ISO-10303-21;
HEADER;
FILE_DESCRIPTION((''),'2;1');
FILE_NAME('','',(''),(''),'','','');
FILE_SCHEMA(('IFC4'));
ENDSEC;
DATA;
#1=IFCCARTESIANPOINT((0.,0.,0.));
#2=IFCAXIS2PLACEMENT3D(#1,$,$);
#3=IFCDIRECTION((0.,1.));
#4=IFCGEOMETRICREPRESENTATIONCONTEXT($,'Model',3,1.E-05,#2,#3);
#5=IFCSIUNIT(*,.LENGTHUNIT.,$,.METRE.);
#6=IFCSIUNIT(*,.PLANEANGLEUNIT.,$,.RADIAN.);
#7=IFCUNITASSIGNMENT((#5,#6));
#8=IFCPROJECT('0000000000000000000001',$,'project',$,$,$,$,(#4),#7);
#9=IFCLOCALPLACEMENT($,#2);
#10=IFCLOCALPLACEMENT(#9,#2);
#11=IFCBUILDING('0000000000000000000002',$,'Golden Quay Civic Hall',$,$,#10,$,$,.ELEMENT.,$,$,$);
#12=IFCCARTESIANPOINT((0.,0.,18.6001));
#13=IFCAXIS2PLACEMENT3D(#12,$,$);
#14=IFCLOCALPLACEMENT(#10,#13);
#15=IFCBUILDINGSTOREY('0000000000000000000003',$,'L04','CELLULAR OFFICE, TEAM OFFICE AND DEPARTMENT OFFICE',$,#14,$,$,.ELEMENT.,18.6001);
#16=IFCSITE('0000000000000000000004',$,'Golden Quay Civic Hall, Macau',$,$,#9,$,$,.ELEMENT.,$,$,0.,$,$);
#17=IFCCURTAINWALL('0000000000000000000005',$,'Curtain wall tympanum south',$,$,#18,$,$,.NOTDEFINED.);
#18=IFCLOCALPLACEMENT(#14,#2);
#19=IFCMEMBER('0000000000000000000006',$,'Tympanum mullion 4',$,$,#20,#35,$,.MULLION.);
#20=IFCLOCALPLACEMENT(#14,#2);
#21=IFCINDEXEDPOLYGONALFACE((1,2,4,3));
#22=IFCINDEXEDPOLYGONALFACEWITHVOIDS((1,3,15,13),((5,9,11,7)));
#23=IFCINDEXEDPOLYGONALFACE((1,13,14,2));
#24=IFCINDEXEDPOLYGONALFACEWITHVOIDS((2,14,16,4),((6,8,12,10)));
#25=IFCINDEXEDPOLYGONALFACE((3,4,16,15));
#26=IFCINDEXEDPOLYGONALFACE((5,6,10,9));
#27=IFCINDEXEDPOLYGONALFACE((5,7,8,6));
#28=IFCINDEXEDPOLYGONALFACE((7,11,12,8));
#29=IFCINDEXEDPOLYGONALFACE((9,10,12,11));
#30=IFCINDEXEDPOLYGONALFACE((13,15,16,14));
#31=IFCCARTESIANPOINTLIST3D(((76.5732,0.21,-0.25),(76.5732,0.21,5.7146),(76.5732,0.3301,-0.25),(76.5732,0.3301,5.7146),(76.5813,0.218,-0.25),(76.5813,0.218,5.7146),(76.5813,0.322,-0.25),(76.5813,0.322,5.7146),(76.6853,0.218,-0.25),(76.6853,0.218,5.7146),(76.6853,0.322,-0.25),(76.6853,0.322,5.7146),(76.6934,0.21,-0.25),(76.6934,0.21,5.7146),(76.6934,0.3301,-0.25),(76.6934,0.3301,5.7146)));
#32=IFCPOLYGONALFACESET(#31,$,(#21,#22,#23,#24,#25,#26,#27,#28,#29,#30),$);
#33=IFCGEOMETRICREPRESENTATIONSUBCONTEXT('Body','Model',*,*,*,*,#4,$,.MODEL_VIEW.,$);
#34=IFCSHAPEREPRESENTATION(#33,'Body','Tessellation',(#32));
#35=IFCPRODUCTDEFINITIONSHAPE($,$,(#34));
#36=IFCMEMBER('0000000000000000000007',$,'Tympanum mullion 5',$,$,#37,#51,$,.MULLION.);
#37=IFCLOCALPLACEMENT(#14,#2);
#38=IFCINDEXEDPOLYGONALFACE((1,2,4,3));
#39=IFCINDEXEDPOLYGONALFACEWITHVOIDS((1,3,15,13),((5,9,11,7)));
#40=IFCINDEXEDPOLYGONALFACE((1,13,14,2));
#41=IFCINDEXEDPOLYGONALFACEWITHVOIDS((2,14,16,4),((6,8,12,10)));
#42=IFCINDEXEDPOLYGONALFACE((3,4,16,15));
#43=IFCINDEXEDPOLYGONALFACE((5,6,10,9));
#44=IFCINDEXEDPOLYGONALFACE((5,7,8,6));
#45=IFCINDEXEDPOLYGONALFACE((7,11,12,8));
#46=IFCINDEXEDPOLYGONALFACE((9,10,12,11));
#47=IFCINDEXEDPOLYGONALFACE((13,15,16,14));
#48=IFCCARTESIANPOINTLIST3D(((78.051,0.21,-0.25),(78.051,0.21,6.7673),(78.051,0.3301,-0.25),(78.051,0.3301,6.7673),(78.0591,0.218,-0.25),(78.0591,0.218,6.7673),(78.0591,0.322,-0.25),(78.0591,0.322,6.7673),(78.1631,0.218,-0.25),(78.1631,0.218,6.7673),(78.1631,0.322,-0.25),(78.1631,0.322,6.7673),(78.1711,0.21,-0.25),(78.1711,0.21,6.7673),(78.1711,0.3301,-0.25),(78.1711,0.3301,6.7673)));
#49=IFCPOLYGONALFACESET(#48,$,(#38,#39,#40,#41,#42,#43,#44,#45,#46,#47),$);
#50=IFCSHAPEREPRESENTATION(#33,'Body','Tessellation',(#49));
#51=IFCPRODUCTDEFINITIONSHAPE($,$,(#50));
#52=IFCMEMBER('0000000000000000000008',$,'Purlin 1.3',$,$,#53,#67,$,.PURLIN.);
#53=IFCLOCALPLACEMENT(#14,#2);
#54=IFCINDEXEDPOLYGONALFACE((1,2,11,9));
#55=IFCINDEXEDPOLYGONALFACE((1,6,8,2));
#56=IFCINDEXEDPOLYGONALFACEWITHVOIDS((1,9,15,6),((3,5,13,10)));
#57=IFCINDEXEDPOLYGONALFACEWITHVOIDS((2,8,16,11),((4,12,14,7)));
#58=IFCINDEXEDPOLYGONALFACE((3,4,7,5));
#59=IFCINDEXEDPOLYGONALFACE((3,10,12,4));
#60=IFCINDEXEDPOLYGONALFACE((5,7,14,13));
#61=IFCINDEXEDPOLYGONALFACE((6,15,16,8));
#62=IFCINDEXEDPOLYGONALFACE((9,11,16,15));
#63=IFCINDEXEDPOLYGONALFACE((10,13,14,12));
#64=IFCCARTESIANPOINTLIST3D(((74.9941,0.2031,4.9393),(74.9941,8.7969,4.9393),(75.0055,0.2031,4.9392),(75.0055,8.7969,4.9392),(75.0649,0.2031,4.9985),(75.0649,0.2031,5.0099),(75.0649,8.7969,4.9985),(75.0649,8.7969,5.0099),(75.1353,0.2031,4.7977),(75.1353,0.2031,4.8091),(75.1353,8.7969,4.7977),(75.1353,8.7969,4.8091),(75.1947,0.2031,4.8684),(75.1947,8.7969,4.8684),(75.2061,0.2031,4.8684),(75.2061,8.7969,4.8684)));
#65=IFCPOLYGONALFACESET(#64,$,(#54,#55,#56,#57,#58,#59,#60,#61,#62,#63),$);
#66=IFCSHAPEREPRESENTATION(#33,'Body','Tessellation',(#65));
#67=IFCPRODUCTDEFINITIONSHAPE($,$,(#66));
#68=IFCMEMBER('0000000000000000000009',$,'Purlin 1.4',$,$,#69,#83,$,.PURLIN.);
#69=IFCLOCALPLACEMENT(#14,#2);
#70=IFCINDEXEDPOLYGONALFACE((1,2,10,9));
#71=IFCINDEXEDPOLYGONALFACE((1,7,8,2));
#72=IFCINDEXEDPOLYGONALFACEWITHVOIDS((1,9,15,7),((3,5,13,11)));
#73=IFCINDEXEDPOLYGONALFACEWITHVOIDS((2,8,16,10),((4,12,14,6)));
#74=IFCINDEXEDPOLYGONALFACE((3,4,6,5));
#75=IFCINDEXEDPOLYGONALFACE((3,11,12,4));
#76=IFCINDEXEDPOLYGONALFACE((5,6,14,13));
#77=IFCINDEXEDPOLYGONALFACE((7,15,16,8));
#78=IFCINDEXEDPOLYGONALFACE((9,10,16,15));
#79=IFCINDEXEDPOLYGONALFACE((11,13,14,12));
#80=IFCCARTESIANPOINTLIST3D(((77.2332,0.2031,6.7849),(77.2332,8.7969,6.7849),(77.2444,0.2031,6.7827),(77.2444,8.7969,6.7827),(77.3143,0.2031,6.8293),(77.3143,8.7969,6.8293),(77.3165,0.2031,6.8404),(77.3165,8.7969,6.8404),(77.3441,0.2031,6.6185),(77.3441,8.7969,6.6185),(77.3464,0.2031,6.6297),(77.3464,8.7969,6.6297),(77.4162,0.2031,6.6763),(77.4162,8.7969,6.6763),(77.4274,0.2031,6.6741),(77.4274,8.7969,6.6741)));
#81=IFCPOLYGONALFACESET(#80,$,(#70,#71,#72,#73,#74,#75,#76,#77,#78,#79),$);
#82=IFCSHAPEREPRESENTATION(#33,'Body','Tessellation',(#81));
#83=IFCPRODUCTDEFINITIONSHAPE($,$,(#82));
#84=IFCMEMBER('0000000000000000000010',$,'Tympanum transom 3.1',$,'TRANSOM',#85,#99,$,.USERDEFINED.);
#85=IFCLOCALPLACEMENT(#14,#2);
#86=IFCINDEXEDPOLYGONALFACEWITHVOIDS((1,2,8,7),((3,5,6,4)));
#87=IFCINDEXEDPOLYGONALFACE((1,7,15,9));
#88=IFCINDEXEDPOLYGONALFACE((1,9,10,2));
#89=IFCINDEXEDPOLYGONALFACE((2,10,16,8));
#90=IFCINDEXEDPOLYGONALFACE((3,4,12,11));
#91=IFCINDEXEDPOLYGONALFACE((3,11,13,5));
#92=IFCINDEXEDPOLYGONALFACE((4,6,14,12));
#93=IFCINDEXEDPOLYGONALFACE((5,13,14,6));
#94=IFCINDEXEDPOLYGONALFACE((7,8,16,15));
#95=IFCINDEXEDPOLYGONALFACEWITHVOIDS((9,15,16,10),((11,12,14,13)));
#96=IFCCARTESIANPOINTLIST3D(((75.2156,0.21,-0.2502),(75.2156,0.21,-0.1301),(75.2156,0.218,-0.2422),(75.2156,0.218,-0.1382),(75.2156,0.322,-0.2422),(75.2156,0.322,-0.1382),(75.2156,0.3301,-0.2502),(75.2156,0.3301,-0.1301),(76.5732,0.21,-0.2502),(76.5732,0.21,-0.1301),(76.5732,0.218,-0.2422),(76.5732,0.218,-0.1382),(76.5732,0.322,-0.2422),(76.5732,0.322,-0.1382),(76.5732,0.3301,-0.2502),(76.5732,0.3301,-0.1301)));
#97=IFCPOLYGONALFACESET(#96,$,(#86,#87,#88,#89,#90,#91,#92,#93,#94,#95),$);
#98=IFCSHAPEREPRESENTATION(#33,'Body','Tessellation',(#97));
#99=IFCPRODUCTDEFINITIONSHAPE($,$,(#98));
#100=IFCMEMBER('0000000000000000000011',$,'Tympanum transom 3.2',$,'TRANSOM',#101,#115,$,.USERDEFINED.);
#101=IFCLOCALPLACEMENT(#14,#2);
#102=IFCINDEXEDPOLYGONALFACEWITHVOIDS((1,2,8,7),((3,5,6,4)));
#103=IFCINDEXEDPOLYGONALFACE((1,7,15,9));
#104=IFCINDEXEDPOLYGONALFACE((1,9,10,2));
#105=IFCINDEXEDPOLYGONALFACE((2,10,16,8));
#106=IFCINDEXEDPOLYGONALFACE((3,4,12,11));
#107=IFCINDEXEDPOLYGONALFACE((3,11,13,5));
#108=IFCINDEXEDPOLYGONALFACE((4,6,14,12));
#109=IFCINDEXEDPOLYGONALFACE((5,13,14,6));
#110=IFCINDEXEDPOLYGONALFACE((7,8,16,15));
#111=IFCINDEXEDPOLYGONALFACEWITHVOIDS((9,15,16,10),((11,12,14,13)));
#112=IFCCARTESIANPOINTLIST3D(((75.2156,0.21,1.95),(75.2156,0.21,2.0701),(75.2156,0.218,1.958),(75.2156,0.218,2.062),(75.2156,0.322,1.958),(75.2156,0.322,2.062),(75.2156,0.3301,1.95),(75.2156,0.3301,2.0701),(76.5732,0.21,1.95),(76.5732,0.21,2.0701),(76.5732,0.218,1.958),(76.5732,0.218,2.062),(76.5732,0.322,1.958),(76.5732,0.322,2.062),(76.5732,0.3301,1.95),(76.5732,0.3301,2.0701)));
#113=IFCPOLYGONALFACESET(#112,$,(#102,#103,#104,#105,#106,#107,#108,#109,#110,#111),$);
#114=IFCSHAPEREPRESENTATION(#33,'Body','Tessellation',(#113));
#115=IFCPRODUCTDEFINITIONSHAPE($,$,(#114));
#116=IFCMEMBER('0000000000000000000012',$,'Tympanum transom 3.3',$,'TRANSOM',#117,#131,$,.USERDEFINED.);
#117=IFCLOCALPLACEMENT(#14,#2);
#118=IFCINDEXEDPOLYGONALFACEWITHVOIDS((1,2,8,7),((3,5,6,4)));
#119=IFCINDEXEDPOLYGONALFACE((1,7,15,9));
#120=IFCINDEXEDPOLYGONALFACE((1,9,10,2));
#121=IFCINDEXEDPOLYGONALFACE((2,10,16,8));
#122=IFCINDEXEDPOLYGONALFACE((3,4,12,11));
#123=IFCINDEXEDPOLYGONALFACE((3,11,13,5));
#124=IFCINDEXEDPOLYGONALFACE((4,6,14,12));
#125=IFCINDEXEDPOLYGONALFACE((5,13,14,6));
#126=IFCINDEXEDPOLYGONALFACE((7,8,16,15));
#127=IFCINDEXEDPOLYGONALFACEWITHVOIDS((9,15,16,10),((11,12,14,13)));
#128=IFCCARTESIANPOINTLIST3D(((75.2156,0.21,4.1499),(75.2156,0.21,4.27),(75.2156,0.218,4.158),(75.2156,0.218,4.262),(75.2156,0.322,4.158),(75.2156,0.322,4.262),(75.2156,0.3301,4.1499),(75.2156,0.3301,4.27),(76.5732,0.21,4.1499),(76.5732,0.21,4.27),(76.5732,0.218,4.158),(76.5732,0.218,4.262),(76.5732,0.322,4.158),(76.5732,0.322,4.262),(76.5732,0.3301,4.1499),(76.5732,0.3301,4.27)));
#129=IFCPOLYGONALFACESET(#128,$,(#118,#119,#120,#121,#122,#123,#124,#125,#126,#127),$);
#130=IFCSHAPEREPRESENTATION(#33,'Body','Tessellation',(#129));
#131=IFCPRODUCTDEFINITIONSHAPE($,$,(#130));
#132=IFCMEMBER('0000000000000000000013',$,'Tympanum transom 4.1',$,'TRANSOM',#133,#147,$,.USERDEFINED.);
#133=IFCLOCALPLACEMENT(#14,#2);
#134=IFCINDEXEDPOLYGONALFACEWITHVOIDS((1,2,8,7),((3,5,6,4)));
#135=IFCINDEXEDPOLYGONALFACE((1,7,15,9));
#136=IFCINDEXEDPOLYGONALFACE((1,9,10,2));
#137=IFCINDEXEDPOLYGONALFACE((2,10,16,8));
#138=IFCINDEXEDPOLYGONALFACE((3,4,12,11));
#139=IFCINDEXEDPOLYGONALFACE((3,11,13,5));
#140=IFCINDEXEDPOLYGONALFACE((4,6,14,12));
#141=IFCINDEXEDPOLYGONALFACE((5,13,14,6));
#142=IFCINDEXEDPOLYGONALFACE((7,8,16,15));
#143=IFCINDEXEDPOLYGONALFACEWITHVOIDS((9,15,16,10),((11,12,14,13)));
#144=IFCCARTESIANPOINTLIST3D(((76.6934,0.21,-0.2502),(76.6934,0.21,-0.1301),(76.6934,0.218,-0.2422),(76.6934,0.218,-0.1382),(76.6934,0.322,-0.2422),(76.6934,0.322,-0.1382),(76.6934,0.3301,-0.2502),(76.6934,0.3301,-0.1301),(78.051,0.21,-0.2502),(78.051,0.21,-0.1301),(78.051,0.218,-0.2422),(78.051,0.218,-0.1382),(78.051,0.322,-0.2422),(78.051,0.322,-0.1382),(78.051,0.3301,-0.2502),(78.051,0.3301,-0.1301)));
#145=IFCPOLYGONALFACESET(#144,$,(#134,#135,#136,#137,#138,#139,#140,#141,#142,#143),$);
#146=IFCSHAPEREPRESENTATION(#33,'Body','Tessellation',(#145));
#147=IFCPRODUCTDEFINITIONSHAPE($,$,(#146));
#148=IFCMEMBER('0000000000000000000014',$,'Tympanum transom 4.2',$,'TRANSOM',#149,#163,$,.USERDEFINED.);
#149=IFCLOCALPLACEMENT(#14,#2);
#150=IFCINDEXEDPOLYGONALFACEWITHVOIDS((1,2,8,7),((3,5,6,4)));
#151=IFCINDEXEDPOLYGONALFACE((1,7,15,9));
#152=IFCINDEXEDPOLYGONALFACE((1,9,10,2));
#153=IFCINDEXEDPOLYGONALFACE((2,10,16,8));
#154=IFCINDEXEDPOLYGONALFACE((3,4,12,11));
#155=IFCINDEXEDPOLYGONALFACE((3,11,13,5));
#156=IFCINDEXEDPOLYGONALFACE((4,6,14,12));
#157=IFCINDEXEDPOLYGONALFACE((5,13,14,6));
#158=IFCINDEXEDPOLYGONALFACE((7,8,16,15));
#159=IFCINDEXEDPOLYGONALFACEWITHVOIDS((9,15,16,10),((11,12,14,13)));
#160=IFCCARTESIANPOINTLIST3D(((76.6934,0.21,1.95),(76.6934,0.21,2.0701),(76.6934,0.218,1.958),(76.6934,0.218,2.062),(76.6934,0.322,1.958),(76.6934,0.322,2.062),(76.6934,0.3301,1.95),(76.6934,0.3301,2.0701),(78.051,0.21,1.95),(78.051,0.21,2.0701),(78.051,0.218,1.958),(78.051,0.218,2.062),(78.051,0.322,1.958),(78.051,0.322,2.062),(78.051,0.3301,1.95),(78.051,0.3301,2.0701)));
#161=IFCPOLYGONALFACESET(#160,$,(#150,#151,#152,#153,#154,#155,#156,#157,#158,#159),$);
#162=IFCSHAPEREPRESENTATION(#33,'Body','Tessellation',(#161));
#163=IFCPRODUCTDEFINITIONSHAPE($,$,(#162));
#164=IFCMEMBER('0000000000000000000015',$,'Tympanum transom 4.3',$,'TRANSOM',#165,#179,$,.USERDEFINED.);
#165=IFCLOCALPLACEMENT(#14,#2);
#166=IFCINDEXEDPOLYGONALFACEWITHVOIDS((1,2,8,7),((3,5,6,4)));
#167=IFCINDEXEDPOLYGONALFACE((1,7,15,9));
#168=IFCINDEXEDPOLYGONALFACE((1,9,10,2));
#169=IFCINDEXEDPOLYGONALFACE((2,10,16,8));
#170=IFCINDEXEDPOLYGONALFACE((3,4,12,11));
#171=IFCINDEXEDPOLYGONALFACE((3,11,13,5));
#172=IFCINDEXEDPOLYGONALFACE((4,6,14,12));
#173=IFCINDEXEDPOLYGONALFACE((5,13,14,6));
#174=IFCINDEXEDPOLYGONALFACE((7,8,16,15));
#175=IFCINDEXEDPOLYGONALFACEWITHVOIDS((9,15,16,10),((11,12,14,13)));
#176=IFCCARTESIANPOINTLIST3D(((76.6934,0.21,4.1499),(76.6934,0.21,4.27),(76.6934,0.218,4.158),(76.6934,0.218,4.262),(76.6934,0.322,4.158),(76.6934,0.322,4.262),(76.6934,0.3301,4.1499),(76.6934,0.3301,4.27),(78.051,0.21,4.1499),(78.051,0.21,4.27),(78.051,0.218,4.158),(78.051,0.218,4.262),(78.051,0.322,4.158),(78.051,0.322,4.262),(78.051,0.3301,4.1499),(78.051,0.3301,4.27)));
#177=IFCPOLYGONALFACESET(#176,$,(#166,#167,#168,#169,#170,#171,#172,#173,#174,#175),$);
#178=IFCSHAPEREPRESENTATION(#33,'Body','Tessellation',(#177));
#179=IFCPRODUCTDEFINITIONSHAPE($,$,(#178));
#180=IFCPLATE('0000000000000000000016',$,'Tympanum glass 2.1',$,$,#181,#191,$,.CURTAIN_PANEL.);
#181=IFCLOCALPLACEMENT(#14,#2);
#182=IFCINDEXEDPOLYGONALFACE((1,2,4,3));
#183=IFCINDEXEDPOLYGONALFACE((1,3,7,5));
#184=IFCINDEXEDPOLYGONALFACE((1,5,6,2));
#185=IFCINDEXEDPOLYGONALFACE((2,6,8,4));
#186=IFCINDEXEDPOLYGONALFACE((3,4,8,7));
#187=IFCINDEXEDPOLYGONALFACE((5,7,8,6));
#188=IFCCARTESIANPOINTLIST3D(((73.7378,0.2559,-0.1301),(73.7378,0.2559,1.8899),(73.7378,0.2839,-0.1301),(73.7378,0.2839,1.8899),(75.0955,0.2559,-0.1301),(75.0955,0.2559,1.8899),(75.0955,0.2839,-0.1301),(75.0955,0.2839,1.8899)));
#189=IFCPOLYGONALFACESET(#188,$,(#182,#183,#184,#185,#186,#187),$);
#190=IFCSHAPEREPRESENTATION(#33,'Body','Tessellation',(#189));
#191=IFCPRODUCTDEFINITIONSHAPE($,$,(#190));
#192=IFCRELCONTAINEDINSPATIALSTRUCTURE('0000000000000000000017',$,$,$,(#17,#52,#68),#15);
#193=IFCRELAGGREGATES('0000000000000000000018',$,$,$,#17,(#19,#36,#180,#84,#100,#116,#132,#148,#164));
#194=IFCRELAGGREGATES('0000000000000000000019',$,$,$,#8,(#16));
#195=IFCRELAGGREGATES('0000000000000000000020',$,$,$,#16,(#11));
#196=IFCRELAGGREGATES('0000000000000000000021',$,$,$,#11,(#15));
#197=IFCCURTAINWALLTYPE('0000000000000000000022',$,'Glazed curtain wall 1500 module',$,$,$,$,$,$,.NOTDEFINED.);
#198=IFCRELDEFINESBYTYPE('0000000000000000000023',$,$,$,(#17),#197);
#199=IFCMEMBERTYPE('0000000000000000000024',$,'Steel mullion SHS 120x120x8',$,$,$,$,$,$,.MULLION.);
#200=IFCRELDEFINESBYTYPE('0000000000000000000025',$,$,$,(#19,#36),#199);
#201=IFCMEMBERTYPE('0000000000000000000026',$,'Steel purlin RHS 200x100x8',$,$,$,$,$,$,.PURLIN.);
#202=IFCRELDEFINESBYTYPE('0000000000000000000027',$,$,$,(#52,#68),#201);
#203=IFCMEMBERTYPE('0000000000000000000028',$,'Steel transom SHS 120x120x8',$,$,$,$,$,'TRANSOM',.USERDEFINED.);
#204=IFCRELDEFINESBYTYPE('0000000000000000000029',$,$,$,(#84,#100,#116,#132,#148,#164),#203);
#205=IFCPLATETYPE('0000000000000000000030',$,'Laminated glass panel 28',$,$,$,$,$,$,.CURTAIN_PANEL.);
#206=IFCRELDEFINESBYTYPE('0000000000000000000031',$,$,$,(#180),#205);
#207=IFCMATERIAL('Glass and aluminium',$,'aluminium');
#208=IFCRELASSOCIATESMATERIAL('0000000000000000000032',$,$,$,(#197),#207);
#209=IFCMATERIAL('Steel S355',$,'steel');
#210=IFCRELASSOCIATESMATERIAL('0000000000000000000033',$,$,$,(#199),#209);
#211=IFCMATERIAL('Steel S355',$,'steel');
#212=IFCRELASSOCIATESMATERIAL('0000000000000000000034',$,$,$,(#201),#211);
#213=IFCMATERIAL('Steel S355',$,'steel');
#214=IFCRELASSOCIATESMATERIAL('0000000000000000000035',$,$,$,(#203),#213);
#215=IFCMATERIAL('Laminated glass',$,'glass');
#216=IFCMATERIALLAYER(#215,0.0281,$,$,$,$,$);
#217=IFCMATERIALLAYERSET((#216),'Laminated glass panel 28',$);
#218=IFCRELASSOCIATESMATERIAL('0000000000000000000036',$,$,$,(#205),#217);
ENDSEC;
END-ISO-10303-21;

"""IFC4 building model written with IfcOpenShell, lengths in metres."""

from ifc_helpers import new_model, si_unit, direction, frame, origin, origin_2d, place, context, subcontext, project, spatial, polyline, hollow_rectangle, outline, extrude, material, layer, layer_set, material_profile, profile_set, type_object, element, aggregate, save


model = new_model("IFC4")

# Units and contexts
model_context = context("Model", 3, precision=1e-05, world=origin(), true_north=direction((0.0, 1.0)))
body_context = subcontext(model_context, "Body", "Model", "MODEL_VIEW")
ifc_project = project(units=[si_unit("LENGTHUNIT", "METRE"), si_unit("PLANEANGLEUNIT", "RADIAN")], contexts=[model_context])

# Site, building, storey
site_placement = place(None, origin())
site = spatial("IfcSite", under=ifc_project, at=site_placement, Name="Golden Quay Civic Hall, Macau", CompositionType="ELEMENT", RefElevation=0.0)
building_placement = place(site_placement, origin())
building = spatial("IfcBuilding", under=site, at=building_placement, Name="Golden Quay Civic Hall", CompositionType="ELEMENT")
storey_placement = place(building_placement, frame((0.0, 0.0, 18.6001)))
storey = spatial("IfcBuildingStorey", under=building, at=storey_placement, Name="L04", Description="CELLULAR OFFICE, TEAM OFFICE AND DEPARTMENT OFFICE", CompositionType="ELEMENT", Elevation=18.6001)

# Curtain wall, members
ifc_material_1 = material(Name="Glass and aluminium", Category="aluminium")
curtain_wall_type = type_object("IfcCurtainWallType", Name="Glazed curtain wall 1500 module", PredefinedType="NOTDEFINED", material=ifc_material_1)
curtain_wall_placement = place(storey_placement, origin())
curtain_wall = element("IfcCurtainWall", 1, at=curtain_wall_placement, inside=storey, type_object=curtain_wall_type, Name="Curtain wall tympanum south", PredefinedType="NOTDEFINED")
ifc_material_2 = material(Name="Steel S355", Category="steel")
ifc_material_profile_1 = material_profile(ifc_material_2, hollow_rectangle(XDim=0.1201, YDim=0.1201, WallThickness=0.0081, at=origin_2d()), Name="SHS 120x120x8")
ifc_profile_set_1 = profile_set([ifc_material_profile_1], Name="Steel S355")
member_type_1 = type_object("IfcMemberType", Name="Steel mullion SHS 120x120x8", PredefinedType="MULLION", material=ifc_profile_set_1)
member_1_placement = place(storey_placement, frame((76.6333, 0.27, -0.25), z_axis=(0.0, 0.0, 1.0), x_axis=(0.0, 1.0, 0.0)))
member_1 = element("IfcMember", 2, at=member_1_placement, type_object=member_type_1, Name="Tympanum mullion 4", PredefinedType="MULLION", context=body_context, shape_type="SweptSolid", body=[
    extrude(hollow_rectangle(XDim=0.1201, YDim=0.1201, WallThickness=0.0081, at=origin_2d()), origin(), (0.0, 0.0, 1.0), 5.9646),
])
member_2_placement = place(storey_placement, frame((78.1111, 0.27, -0.25), z_axis=(0.0, 0.0, 1.0), x_axis=(0.0, 1.0, 0.0)))
member_2 = element("IfcMember", 3, at=member_2_placement, type_object=member_type_1, Name="Tympanum mullion 5", PredefinedType="MULLION", context=body_context, shape_type="SweptSolid", body=[
    extrude(hollow_rectangle(XDim=0.1201, YDim=0.1201, WallThickness=0.0081, at=origin_2d()), origin(), (0.0, 0.0, 1.0), 7.0173),
])

# Members
ifc_material_3 = material(Name="Steel S355", Category="steel")
ifc_material_profile_2 = material_profile(ifc_material_3, hollow_rectangle(XDim=0.1001, YDim=0.2, WallThickness=0.0081, at=origin_2d()), Name="RHS 200x100x8")
ifc_profile_set_2 = profile_set([ifc_material_profile_2], Name="Steel S355")
member_type_2 = type_object("IfcMemberType", Name="Steel purlin RHS 200x100x8", PredefinedType="PURLIN", material=ifc_profile_set_2)
for number, where, z_axis, x_axis, name in (
    (4, (75.1001, 0.2031, 4.9038), (0.0, 1.0, 0.0), (-0.708092, 0.0, -0.70612), "Purlin 1.3"),
    (5, (77.3303, 0.2031, 6.7295), (0.0, 1.0, 0.0), (-0.83205, 0.0, -0.5547), "Purlin 1.4"),
):
    element("IfcMember", number, at=place(storey_placement, frame(where, z_axis=z_axis, x_axis=x_axis)), inside=storey, type_object=member_type_2, Name=name, PredefinedType="PURLIN", context=body_context, shape_type="SweptSolid", body=[
        extrude(hollow_rectangle(XDim=0.1001, YDim=0.2, WallThickness=0.0081, at=origin_2d()), origin(), (0.0, 0.0, 1.0), 8.5938),
    ])

# Members
ifc_material_4 = material(Name="Steel S355", Category="steel")
ifc_material_profile_3 = material_profile(ifc_material_4, hollow_rectangle(XDim=0.1201, YDim=0.1201, WallThickness=0.0081, at=origin_2d()), Name="SHS 120x120x8")
ifc_profile_set_3 = profile_set([ifc_material_profile_3], Name="Steel S355")
member_type_3 = type_object("IfcMemberType", Name="Steel transom SHS 120x120x8", ElementType="TRANSOM", PredefinedType="USERDEFINED", material=ifc_profile_set_3)
member_3_placement = place(storey_placement, frame((75.2156, 0.27, -0.1902), z_axis=(1.0, 0.0, 0.0), x_axis=(0.0, 1.0, 0.0)))
member_3 = element("IfcMember", 6, at=member_3_placement, type_object=member_type_3, Name="Tympanum transom 3.1", ObjectType="TRANSOM", PredefinedType="USERDEFINED", context=body_context, shape_type="SweptSolid", body=[
    extrude(hollow_rectangle(XDim=0.1201, YDim=0.1201, WallThickness=0.0081, at=origin_2d()), origin(), (0.0, 0.0, 1.0), 1.3577),
])
member_4_placement = place(storey_placement, frame((75.2156, 0.27, 2.01), z_axis=(1.0, 0.0, 0.0), x_axis=(0.0, 1.0, 0.0)))
member_4 = element("IfcMember", 7, at=member_4_placement, type_object=member_type_3, Name="Tympanum transom 3.2", ObjectType="TRANSOM", PredefinedType="USERDEFINED", context=body_context, shape_type="SweptSolid", body=[
    extrude(hollow_rectangle(XDim=0.1201, YDim=0.1201, WallThickness=0.0081, at=origin_2d()), origin(), (0.0, 0.0, 1.0), 1.3577),
])
member_5_placement = place(storey_placement, frame((75.2156, 0.27, 4.21), z_axis=(1.0, 0.0, 0.0), x_axis=(0.0, 1.0, 0.0)))
member_5 = element("IfcMember", 8, at=member_5_placement, type_object=member_type_3, Name="Tympanum transom 3.3", ObjectType="TRANSOM", PredefinedType="USERDEFINED", context=body_context, shape_type="SweptSolid", body=[
    extrude(hollow_rectangle(XDim=0.1201, YDim=0.1201, WallThickness=0.0081, at=origin_2d()), origin(), (0.0, 0.0, 1.0), 1.3577),
])
member_6_placement = place(storey_placement, frame((76.6934, 0.27, -0.1902), z_axis=(1.0, 0.0, 0.0), x_axis=(0.0, 1.0, 0.0)))
member_6 = element("IfcMember", 9, at=member_6_placement, type_object=member_type_3, Name="Tympanum transom 4.1", ObjectType="TRANSOM", PredefinedType="USERDEFINED", context=body_context, shape_type="SweptSolid", body=[
    extrude(hollow_rectangle(XDim=0.1201, YDim=0.1201, WallThickness=0.0081, at=origin_2d()), origin(), (0.0, 0.0, 1.0), 1.3577),
])
member_7_placement = place(storey_placement, frame((76.6934, 0.27, 2.01), z_axis=(1.0, 0.0, 0.0), x_axis=(0.0, 1.0, 0.0)))
member_7 = element("IfcMember", 10, at=member_7_placement, type_object=member_type_3, Name="Tympanum transom 4.2", ObjectType="TRANSOM", PredefinedType="USERDEFINED", context=body_context, shape_type="SweptSolid", body=[
    extrude(hollow_rectangle(XDim=0.1201, YDim=0.1201, WallThickness=0.0081, at=origin_2d()), origin(), (0.0, 0.0, 1.0), 1.3577),
])
member_8_placement = place(storey_placement, frame((76.6934, 0.27, 4.21), z_axis=(1.0, 0.0, 0.0), x_axis=(0.0, 1.0, 0.0)))
member_8 = element("IfcMember", 11, at=member_8_placement, type_object=member_type_3, Name="Tympanum transom 4.3", ObjectType="TRANSOM", PredefinedType="USERDEFINED", context=body_context, shape_type="SweptSolid", body=[
    extrude(hollow_rectangle(XDim=0.1201, YDim=0.1201, WallThickness=0.0081, at=origin_2d()), origin(), (0.0, 0.0, 1.0), 1.3577),
])

# Plate
ifc_material_5 = material(Name="Laminated glass", Category="glass")
ifc_layer_1 = layer(ifc_material_5, 0.0281)
ifc_layer_set_1 = layer_set([ifc_layer_1], Name="Laminated glass panel 28")
plate_type_1 = type_object("IfcPlateType", Name="Laminated glass panel 28", PredefinedType="CURTAIN_PANEL", material=ifc_layer_set_1)
plate_1_placement = place(storey_placement, frame((75.0955, 0.2839, -0.1301), z_axis=(0.0, 1.0, 0.0), x_axis=(-1.0, 0.0, 0.0)))
plate_1 = element("IfcPlate", 12, at=plate_1_placement, type_object=plate_type_1, Name="Tympanum glass 2.1", PredefinedType="CURTAIN_PANEL", context=body_context, shape_type="SweptSolid", body=[
    extrude(outline(polyline([(0.0, 0.0), (1.3577, 0.0), (1.3577, 2.02), (0.0, 2.02), (0.0, 0.0)])), origin(), (0.0, 0.0, -1.0), 0.0281),
])
aggregate(curtain_wall, [member_1, member_2, plate_1, member_3, member_4, member_5, member_6, member_7, member_8])

save(model, "model.ifc")
